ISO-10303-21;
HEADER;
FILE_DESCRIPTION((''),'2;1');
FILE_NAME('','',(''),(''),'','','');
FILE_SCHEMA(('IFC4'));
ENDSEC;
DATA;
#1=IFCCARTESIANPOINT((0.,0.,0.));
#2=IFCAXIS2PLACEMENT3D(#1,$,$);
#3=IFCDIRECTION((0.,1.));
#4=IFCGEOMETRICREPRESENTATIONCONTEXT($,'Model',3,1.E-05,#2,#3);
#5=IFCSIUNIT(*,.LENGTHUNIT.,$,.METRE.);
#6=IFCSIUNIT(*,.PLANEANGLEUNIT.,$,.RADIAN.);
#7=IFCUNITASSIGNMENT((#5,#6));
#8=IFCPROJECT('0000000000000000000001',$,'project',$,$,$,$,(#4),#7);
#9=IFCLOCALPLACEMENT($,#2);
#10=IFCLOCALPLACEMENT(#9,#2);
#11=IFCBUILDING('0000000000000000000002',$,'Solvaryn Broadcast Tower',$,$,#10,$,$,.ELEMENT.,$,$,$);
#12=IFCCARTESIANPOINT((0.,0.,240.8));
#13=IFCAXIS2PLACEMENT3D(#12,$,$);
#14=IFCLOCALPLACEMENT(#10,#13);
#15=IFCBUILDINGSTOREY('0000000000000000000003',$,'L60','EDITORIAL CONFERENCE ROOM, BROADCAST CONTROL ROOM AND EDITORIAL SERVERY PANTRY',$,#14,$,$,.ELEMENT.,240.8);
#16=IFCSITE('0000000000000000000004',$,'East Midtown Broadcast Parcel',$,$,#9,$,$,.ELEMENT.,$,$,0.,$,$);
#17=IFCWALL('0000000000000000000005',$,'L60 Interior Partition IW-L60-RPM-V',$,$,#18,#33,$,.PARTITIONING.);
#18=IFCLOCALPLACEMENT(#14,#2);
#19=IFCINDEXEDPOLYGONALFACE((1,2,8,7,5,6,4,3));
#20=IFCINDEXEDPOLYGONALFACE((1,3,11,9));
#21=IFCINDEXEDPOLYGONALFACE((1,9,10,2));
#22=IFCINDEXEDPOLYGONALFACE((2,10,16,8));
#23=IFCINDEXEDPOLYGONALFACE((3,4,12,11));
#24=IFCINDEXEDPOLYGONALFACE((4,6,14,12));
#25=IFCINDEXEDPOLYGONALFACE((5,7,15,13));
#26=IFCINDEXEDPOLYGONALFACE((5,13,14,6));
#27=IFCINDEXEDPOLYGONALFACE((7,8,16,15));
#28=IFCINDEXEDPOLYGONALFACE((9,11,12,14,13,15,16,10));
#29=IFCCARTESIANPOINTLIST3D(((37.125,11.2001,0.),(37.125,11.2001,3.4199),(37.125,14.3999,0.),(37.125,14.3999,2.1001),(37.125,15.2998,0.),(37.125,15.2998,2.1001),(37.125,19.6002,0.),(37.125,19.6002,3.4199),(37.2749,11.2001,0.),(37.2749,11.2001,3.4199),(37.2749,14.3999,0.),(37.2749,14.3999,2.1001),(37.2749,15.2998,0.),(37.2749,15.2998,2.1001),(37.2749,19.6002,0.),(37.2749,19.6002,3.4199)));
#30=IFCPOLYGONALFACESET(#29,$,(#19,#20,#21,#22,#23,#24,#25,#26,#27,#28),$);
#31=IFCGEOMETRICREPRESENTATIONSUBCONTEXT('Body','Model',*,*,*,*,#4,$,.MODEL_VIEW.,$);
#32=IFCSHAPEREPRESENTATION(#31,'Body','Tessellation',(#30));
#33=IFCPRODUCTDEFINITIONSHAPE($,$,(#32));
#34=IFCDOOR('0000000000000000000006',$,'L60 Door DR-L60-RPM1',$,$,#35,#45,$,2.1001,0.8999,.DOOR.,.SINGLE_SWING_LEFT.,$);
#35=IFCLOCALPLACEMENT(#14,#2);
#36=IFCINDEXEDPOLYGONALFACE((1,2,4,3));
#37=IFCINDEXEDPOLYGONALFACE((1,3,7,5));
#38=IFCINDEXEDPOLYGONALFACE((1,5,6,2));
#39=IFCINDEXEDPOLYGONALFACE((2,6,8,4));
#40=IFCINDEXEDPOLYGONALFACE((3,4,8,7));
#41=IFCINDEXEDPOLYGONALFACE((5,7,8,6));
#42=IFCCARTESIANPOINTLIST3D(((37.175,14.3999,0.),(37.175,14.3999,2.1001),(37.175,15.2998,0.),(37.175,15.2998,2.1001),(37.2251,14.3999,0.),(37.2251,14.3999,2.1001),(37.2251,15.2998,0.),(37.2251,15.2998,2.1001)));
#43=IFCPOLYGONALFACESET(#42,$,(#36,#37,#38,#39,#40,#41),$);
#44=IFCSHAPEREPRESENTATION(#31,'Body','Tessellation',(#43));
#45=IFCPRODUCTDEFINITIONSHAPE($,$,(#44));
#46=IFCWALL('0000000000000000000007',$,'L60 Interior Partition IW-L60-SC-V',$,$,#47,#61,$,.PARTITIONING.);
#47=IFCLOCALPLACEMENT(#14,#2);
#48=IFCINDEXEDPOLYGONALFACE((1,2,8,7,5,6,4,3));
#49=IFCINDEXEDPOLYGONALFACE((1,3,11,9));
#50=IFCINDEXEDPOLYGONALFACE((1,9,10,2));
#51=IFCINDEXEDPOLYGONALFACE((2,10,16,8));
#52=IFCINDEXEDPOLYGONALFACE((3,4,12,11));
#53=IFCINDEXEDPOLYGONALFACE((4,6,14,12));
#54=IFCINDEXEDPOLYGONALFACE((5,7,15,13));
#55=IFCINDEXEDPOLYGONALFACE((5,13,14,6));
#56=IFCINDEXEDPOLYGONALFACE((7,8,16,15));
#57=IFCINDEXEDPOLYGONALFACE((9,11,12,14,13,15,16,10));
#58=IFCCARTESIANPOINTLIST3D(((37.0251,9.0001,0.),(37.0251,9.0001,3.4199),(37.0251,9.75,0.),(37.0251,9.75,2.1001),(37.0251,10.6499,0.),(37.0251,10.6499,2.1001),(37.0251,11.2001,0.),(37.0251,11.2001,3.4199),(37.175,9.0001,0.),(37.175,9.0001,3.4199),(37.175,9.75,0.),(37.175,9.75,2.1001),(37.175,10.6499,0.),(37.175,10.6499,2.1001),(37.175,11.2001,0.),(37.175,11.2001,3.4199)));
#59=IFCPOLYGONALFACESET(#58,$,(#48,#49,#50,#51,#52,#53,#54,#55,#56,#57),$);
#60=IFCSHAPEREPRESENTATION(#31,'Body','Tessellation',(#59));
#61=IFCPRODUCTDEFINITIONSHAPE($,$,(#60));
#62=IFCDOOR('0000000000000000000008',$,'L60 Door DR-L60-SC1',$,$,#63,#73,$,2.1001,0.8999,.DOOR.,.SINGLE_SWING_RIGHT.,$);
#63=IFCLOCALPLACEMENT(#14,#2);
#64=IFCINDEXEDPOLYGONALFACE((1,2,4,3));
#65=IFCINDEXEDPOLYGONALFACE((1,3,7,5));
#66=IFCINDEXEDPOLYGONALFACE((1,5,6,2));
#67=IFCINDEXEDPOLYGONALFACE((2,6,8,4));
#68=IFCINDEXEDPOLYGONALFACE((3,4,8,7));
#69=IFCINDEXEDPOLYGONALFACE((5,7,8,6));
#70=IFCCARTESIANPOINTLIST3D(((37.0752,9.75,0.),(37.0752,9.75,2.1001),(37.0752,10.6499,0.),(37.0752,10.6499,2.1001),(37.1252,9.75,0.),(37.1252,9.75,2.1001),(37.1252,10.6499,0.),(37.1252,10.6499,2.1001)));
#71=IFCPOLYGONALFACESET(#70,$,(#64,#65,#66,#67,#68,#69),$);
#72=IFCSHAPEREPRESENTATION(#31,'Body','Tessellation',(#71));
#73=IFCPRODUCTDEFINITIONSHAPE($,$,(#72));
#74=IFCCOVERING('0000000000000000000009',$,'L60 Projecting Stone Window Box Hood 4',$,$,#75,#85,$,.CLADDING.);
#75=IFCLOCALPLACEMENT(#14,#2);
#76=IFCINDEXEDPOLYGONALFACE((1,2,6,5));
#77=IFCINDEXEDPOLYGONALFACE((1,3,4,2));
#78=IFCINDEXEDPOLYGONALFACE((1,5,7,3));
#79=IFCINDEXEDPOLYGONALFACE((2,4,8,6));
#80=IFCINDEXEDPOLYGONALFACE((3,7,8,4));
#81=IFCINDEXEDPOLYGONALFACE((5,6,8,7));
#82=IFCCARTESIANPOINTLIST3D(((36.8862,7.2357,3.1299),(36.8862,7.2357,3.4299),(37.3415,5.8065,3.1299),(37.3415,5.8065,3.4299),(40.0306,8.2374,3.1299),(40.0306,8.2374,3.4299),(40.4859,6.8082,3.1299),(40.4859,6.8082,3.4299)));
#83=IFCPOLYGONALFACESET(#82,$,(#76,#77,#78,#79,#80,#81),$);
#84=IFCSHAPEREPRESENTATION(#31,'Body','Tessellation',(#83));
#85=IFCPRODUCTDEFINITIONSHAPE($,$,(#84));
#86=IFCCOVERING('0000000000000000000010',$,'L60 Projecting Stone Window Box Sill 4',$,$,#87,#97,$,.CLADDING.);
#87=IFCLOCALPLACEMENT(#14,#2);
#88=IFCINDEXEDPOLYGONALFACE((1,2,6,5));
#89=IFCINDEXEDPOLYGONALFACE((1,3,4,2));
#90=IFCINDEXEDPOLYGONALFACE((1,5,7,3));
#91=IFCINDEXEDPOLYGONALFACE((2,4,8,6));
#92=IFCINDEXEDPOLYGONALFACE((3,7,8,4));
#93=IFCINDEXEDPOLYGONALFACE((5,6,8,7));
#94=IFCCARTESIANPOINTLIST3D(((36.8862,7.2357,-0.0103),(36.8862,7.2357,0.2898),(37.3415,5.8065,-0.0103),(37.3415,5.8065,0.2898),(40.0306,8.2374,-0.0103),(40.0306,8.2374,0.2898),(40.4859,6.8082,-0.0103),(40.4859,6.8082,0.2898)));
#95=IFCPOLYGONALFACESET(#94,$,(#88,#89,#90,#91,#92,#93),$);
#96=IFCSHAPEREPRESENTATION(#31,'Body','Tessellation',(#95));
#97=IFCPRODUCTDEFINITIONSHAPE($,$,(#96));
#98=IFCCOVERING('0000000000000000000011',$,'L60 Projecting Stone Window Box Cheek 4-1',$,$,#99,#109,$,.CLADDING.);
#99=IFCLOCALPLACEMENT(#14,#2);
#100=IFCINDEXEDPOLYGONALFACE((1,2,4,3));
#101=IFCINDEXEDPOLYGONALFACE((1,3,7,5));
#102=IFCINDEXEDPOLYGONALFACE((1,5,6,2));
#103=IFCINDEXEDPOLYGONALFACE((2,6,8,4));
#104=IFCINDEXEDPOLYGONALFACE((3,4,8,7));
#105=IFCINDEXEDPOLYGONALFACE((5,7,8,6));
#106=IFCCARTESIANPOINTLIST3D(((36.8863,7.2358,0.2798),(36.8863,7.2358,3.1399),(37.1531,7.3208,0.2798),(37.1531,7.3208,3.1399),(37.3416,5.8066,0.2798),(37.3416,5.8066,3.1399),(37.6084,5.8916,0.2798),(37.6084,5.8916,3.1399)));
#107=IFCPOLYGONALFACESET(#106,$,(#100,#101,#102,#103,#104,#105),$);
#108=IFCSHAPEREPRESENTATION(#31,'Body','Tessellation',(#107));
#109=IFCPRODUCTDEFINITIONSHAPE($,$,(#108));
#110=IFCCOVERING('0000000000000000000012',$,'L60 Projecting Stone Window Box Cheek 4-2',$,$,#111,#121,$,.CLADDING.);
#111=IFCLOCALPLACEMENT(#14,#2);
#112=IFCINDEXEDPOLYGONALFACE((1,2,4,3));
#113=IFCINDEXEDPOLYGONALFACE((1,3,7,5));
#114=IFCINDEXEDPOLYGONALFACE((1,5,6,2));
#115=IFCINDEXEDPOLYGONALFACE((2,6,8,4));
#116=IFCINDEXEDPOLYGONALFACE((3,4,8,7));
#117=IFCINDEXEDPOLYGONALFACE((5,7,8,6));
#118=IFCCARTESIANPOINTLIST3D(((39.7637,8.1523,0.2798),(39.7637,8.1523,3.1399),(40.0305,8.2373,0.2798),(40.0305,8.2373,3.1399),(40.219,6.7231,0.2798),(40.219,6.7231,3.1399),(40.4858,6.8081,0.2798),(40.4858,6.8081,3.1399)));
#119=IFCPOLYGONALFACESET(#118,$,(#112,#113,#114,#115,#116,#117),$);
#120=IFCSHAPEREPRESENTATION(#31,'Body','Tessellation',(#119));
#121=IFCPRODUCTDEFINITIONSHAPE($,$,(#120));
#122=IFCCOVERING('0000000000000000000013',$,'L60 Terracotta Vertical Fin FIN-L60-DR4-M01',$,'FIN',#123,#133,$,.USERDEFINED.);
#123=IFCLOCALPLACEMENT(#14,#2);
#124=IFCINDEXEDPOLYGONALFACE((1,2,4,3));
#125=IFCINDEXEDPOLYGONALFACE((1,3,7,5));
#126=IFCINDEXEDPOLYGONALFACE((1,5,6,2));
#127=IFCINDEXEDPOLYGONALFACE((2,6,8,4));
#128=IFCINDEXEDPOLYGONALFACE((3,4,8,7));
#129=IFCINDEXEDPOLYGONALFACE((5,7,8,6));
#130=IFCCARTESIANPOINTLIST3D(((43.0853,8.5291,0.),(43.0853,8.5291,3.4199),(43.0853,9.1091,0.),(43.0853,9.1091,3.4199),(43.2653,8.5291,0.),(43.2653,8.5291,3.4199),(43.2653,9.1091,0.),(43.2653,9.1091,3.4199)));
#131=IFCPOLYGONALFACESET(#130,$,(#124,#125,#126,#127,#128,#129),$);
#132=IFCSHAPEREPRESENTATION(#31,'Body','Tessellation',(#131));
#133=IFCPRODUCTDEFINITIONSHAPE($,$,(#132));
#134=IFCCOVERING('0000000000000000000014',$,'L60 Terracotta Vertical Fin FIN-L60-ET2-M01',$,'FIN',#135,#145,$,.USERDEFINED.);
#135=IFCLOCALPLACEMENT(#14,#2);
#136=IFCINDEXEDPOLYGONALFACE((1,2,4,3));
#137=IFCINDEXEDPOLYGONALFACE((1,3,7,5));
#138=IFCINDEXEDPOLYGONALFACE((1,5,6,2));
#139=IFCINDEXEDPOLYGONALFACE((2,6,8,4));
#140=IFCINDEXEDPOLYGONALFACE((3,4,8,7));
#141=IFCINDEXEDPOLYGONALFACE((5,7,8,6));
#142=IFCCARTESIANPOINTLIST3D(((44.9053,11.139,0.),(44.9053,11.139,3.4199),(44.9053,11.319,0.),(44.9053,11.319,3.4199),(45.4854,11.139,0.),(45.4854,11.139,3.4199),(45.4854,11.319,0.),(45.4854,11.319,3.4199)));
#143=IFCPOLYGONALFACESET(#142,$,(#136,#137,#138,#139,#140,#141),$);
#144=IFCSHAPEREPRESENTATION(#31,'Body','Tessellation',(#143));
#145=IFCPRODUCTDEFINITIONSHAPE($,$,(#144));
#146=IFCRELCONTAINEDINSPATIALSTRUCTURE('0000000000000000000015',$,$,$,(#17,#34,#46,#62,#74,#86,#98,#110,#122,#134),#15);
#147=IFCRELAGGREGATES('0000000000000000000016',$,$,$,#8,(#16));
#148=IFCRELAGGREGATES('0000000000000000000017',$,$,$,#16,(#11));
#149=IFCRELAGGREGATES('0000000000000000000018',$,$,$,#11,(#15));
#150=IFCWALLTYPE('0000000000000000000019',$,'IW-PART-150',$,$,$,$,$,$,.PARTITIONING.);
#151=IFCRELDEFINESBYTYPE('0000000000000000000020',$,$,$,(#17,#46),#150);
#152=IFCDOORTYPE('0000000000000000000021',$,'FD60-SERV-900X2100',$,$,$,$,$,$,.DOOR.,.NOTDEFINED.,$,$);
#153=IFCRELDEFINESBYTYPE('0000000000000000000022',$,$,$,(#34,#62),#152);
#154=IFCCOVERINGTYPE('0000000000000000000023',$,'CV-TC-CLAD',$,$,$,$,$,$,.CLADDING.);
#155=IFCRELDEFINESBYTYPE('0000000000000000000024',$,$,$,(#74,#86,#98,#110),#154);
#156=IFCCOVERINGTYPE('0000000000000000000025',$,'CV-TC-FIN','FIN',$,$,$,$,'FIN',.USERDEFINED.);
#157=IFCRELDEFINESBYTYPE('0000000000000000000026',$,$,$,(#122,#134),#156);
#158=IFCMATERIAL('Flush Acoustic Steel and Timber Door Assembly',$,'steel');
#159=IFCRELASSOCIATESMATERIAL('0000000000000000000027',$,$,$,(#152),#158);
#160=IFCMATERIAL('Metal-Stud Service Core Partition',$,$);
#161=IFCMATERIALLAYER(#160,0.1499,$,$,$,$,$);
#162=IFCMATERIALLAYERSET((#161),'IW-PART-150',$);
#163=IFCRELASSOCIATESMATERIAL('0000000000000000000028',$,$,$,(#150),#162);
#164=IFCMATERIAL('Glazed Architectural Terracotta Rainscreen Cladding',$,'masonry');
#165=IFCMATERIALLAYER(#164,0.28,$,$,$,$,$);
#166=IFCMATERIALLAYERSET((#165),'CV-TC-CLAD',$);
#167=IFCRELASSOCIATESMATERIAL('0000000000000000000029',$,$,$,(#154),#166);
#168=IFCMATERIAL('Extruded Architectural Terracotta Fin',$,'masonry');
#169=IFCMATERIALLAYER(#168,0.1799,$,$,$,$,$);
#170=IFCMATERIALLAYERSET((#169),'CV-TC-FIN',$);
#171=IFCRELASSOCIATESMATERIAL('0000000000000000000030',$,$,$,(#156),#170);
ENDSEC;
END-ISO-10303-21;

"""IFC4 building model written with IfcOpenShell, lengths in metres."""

from ifc_helpers import new_model, si_unit, direction, frame, frame_2d, origin, origin_2d, place, context, subcontext, project, spatial, rectangle, extrude, material, layer, layer_set, type_object, element, fill, save


model = new_model("IFC4")

# Units and contexts
model_context = context("Model", 3, precision=1e-05, world=origin(), true_north=direction((0.0, 1.0)))
body_context = subcontext(model_context, "Body", "Model", "MODEL_VIEW")
ifc_project = project(units=[si_unit("LENGTHUNIT", "METRE"), si_unit("PLANEANGLEUNIT", "RADIAN")], contexts=[model_context])

# Site, building, storey
site_placement = place(None, origin())
site = spatial("IfcSite", under=ifc_project, at=site_placement, Name="East Midtown Broadcast Parcel", CompositionType="ELEMENT", RefElevation=0.0)
building_placement = place(site_placement, origin())
building = spatial("IfcBuilding", under=site, at=building_placement, Name="Solvaryn Broadcast Tower", CompositionType="ELEMENT")
storey_placement = place(building_placement, frame((0.0, 0.0, 240.8)))
storey = spatial("IfcBuildingStorey", under=building, at=storey_placement, Name="L60", Description="EDITORIAL CONFERENCE ROOM, BROADCAST CONTROL ROOM AND EDITORIAL SERVERY PANTRY", CompositionType="ELEMENT", Elevation=240.8)

# Shared definitions
ifc_material_1 = material(Name="Flush Acoustic Steel and Timber Door Assembly", Category="steel")
door_type = type_object("IfcDoorType", Name="FD60-SERV-900X2100", OperationType="NOTDEFINED", PredefinedType="DOOR", material=ifc_material_1)

# Walls, openings, doors
ifc_material_2 = material(Name="Metal-Stud Service Core Partition")
ifc_layer_1 = layer(ifc_material_2, 0.1499)
ifc_layer_set_1 = layer_set([ifc_layer_1], Name="IW-PART-150")
wall_type_1 = type_object("IfcWallType", Name="IW-PART-150", PredefinedType="PARTITIONING", material=ifc_layer_set_1)
wall_1_placement = place(storey_placement, frame((37.2, 11.2, 0.0), z_axis=(0.0, 0.0, 1.0), x_axis=(0.0, 1.0, 0.0)))
wall_1 = element("IfcWall", 1, at=wall_1_placement, inside=storey, type_object=wall_type_1, Name="L60 Interior Partition IW-L60-RPM-V", PredefinedType="PARTITIONING", context=body_context, shape_type="SweptSolid", body=[
    extrude(rectangle(XDim=8.4001, YDim=0.1499, at=frame_2d((4.2002, 0.0))), origin(), (0.0, 0.0, 1.0), 3.4199),
])
opening_1_placement = place(wall_1_placement, frame((3.2, 0.0, 0.0)))
opening_1 = element("IfcOpeningElement", 2, at=opening_1_placement, cuts=wall_1, PredefinedType="OPENING", context=body_context, shape_type="SweptSolid", body=[
    extrude(rectangle(XDim=0.8999, YDim=2.1001, at=frame_2d((0.45, 1.05))), frame((0.0, 0.085, 0.0), z_axis=(0.0, -1.0, 0.0), x_axis=(1.0, 0.0, 0.0)), (0.0, 0.0, 1.0), 0.1699),
])
door_1_placement = place(opening_1_placement, origin())
door_1 = element("IfcDoor", 3, at=door_1_placement, inside=storey, type_object=door_type, Name="L60 Door DR-L60-RPM1", OperationType="SINGLE_SWING_LEFT", OverallHeight=2.1001, OverallWidth=0.8999, PredefinedType="DOOR", context=body_context, shape_type="SweptSolid", body=[
    extrude(rectangle(XDim=0.8999, YDim=2.1001, at=frame_2d((0.45, 1.05))), frame((0.0, 0.0249, 0.0), z_axis=(0.0, -1.0, 0.0), x_axis=(1.0, 0.0, 0.0)), (0.0, 0.0, 1.0), 0.05),
])
fill(opening_1, door_1)
wall_2_placement = place(storey_placement, frame((37.1001, 9.0, 0.0), z_axis=(0.0, 0.0, 1.0), x_axis=(0.0, 1.0, 0.0)))
wall_2 = element("IfcWall", 4, at=wall_2_placement, inside=storey, type_object=wall_type_1, Name="L60 Interior Partition IW-L60-SC-V", PredefinedType="PARTITIONING", context=body_context, shape_type="SweptSolid", body=[
    extrude(rectangle(XDim=2.2, YDim=0.1499, at=frame_2d((1.1001, 0.0))), origin(), (0.0, 0.0, 1.0), 3.4199),
])
opening_2_placement = place(wall_2_placement, frame((0.75, 0.0, 0.0)))
opening_2 = element("IfcOpeningElement", 5, at=opening_2_placement, cuts=wall_2, PredefinedType="OPENING", context=body_context, shape_type="SweptSolid", body=[
    extrude(rectangle(XDim=0.8999, YDim=2.1001, at=frame_2d((0.45, 1.05))), frame((0.0, 0.085, 0.0), z_axis=(0.0, -1.0, 0.0), x_axis=(1.0, 0.0, 0.0)), (0.0, 0.0, 1.0), 0.1699),
])
door_2_placement = place(opening_2_placement, origin())
door_2 = element("IfcDoor", 6, at=door_2_placement, inside=storey, type_object=door_type, Name="L60 Door DR-L60-SC1", OperationType="SINGLE_SWING_RIGHT", OverallHeight=2.1001, OverallWidth=0.8999, PredefinedType="DOOR", context=body_context, shape_type="SweptSolid", body=[
    extrude(rectangle(XDim=0.8999, YDim=2.1001, at=frame_2d((0.45, 1.05))), frame((0.0, 0.0249, 0.0), z_axis=(0.0, -1.0, 0.0), x_axis=(1.0, 0.0, 0.0)), (0.0, 0.0, 1.0), 0.05),
])
fill(opening_2, door_2)

# Coverings
ifc_material_3 = material(Name="Glazed Architectural Terracotta Rainscreen Cladding", Category="masonry")
ifc_layer_2 = layer(ifc_material_3, 0.28)
ifc_layer_set_2 = layer_set([ifc_layer_2], Name="CV-TC-CLAD")
covering_type_1 = type_object("IfcCoveringType", Name="CV-TC-CLAD", PredefinedType="CLADDING", material=ifc_layer_set_2)
for number, where, z_axis, x_axis, name in (
    (7, (38.686, 7.022, 3.1299), (0.0, 0.0, 1.0), (0.952821, 0.303534, 0.0), "L60 Projecting Stone Window Box Hood 4"),
    (8, (38.686, 7.022, -0.0103), (0.0, 0.0, 1.0), (0.952821, 0.303534, 0.0), "L60 Projecting Stone Window Box Sill 4"),
):
    element("IfcCovering", number, at=place(storey_placement, frame(where, z_axis=z_axis, x_axis=x_axis)), inside=storey, type_object=covering_type_1, Name=name, PredefinedType="CLADDING", context=body_context, shape_type="SweptSolid", body=[
        extrude(rectangle(XDim=3.3, YDim=1.5, at=origin_2d()), origin(), (0.0, 0.0, 1.0), 0.3),
    ])
for number, where, z_axis, x_axis, name in (
    (9, (37.2473, 6.5637, 0.2798), (0.0, 0.0, 1.0), (0.952821, 0.303534, 0.0), "L60 Projecting Stone Window Box Cheek 4-1"),
    (10, (40.1248, 7.4802, 0.2798), (0.0, 0.0, 1.0), (0.952821, 0.303534, 0.0), "L60 Projecting Stone Window Box Cheek 4-2"),
):
    element("IfcCovering", number, at=place(storey_placement, frame(where, z_axis=z_axis, x_axis=x_axis)), inside=storey, type_object=covering_type_1, Name=name, PredefinedType="CLADDING", context=body_context, shape_type="SweptSolid", body=[
        extrude(rectangle(XDim=0.28, YDim=1.5, at=origin_2d()), origin(), (0.0, 0.0, 1.0), 2.8601),
    ])
ifc_material_4 = material(Name="Extruded Architectural Terracotta Fin", Category="masonry")
ifc_layer_3 = layer(ifc_material_4, 0.1799)
ifc_layer_set_3 = layer_set([ifc_layer_3], Name="CV-TC-FIN")
covering_type_2 = type_object("IfcCoveringType", Name="CV-TC-FIN", Description="FIN", ElementType="FIN", PredefinedType="USERDEFINED", material=ifc_layer_set_3)
covering_1_placement = place(storey_placement, frame((43.1753, 8.8191, 0.0), z_axis=(0.0, 0.0, 1.0), x_axis=(1.0, 0.0, 0.0)))
element("IfcCovering", 11, at=covering_1_placement, inside=storey, type_object=covering_type_2, Name="L60 Terracotta Vertical Fin FIN-L60-DR4-M01", ObjectType="FIN", PredefinedType="USERDEFINED", context=body_context, shape_type="SweptSolid", body=[
    extrude(rectangle(XDim=0.1799, YDim=0.5801, at=origin_2d()), origin(), (0.0, 0.0, 1.0), 3.4199),
])
covering_2_placement = place(storey_placement, frame((45.1953, 11.229, 0.0), z_axis=(0.0, 0.0, 1.0), x_axis=(1.0, 0.0, 0.0)))
element("IfcCovering", 12, at=covering_2_placement, inside=storey, type_object=covering_type_2, Name="L60 Terracotta Vertical Fin FIN-L60-ET2-M01", ObjectType="FIN", PredefinedType="USERDEFINED", context=body_context, shape_type="SweptSolid", body=[
    extrude(rectangle(XDim=0.5801, YDim=0.1799, at=origin_2d()), origin(), (0.0, 0.0, 1.0), 3.4199),
])

save(model, "model.ifc")
